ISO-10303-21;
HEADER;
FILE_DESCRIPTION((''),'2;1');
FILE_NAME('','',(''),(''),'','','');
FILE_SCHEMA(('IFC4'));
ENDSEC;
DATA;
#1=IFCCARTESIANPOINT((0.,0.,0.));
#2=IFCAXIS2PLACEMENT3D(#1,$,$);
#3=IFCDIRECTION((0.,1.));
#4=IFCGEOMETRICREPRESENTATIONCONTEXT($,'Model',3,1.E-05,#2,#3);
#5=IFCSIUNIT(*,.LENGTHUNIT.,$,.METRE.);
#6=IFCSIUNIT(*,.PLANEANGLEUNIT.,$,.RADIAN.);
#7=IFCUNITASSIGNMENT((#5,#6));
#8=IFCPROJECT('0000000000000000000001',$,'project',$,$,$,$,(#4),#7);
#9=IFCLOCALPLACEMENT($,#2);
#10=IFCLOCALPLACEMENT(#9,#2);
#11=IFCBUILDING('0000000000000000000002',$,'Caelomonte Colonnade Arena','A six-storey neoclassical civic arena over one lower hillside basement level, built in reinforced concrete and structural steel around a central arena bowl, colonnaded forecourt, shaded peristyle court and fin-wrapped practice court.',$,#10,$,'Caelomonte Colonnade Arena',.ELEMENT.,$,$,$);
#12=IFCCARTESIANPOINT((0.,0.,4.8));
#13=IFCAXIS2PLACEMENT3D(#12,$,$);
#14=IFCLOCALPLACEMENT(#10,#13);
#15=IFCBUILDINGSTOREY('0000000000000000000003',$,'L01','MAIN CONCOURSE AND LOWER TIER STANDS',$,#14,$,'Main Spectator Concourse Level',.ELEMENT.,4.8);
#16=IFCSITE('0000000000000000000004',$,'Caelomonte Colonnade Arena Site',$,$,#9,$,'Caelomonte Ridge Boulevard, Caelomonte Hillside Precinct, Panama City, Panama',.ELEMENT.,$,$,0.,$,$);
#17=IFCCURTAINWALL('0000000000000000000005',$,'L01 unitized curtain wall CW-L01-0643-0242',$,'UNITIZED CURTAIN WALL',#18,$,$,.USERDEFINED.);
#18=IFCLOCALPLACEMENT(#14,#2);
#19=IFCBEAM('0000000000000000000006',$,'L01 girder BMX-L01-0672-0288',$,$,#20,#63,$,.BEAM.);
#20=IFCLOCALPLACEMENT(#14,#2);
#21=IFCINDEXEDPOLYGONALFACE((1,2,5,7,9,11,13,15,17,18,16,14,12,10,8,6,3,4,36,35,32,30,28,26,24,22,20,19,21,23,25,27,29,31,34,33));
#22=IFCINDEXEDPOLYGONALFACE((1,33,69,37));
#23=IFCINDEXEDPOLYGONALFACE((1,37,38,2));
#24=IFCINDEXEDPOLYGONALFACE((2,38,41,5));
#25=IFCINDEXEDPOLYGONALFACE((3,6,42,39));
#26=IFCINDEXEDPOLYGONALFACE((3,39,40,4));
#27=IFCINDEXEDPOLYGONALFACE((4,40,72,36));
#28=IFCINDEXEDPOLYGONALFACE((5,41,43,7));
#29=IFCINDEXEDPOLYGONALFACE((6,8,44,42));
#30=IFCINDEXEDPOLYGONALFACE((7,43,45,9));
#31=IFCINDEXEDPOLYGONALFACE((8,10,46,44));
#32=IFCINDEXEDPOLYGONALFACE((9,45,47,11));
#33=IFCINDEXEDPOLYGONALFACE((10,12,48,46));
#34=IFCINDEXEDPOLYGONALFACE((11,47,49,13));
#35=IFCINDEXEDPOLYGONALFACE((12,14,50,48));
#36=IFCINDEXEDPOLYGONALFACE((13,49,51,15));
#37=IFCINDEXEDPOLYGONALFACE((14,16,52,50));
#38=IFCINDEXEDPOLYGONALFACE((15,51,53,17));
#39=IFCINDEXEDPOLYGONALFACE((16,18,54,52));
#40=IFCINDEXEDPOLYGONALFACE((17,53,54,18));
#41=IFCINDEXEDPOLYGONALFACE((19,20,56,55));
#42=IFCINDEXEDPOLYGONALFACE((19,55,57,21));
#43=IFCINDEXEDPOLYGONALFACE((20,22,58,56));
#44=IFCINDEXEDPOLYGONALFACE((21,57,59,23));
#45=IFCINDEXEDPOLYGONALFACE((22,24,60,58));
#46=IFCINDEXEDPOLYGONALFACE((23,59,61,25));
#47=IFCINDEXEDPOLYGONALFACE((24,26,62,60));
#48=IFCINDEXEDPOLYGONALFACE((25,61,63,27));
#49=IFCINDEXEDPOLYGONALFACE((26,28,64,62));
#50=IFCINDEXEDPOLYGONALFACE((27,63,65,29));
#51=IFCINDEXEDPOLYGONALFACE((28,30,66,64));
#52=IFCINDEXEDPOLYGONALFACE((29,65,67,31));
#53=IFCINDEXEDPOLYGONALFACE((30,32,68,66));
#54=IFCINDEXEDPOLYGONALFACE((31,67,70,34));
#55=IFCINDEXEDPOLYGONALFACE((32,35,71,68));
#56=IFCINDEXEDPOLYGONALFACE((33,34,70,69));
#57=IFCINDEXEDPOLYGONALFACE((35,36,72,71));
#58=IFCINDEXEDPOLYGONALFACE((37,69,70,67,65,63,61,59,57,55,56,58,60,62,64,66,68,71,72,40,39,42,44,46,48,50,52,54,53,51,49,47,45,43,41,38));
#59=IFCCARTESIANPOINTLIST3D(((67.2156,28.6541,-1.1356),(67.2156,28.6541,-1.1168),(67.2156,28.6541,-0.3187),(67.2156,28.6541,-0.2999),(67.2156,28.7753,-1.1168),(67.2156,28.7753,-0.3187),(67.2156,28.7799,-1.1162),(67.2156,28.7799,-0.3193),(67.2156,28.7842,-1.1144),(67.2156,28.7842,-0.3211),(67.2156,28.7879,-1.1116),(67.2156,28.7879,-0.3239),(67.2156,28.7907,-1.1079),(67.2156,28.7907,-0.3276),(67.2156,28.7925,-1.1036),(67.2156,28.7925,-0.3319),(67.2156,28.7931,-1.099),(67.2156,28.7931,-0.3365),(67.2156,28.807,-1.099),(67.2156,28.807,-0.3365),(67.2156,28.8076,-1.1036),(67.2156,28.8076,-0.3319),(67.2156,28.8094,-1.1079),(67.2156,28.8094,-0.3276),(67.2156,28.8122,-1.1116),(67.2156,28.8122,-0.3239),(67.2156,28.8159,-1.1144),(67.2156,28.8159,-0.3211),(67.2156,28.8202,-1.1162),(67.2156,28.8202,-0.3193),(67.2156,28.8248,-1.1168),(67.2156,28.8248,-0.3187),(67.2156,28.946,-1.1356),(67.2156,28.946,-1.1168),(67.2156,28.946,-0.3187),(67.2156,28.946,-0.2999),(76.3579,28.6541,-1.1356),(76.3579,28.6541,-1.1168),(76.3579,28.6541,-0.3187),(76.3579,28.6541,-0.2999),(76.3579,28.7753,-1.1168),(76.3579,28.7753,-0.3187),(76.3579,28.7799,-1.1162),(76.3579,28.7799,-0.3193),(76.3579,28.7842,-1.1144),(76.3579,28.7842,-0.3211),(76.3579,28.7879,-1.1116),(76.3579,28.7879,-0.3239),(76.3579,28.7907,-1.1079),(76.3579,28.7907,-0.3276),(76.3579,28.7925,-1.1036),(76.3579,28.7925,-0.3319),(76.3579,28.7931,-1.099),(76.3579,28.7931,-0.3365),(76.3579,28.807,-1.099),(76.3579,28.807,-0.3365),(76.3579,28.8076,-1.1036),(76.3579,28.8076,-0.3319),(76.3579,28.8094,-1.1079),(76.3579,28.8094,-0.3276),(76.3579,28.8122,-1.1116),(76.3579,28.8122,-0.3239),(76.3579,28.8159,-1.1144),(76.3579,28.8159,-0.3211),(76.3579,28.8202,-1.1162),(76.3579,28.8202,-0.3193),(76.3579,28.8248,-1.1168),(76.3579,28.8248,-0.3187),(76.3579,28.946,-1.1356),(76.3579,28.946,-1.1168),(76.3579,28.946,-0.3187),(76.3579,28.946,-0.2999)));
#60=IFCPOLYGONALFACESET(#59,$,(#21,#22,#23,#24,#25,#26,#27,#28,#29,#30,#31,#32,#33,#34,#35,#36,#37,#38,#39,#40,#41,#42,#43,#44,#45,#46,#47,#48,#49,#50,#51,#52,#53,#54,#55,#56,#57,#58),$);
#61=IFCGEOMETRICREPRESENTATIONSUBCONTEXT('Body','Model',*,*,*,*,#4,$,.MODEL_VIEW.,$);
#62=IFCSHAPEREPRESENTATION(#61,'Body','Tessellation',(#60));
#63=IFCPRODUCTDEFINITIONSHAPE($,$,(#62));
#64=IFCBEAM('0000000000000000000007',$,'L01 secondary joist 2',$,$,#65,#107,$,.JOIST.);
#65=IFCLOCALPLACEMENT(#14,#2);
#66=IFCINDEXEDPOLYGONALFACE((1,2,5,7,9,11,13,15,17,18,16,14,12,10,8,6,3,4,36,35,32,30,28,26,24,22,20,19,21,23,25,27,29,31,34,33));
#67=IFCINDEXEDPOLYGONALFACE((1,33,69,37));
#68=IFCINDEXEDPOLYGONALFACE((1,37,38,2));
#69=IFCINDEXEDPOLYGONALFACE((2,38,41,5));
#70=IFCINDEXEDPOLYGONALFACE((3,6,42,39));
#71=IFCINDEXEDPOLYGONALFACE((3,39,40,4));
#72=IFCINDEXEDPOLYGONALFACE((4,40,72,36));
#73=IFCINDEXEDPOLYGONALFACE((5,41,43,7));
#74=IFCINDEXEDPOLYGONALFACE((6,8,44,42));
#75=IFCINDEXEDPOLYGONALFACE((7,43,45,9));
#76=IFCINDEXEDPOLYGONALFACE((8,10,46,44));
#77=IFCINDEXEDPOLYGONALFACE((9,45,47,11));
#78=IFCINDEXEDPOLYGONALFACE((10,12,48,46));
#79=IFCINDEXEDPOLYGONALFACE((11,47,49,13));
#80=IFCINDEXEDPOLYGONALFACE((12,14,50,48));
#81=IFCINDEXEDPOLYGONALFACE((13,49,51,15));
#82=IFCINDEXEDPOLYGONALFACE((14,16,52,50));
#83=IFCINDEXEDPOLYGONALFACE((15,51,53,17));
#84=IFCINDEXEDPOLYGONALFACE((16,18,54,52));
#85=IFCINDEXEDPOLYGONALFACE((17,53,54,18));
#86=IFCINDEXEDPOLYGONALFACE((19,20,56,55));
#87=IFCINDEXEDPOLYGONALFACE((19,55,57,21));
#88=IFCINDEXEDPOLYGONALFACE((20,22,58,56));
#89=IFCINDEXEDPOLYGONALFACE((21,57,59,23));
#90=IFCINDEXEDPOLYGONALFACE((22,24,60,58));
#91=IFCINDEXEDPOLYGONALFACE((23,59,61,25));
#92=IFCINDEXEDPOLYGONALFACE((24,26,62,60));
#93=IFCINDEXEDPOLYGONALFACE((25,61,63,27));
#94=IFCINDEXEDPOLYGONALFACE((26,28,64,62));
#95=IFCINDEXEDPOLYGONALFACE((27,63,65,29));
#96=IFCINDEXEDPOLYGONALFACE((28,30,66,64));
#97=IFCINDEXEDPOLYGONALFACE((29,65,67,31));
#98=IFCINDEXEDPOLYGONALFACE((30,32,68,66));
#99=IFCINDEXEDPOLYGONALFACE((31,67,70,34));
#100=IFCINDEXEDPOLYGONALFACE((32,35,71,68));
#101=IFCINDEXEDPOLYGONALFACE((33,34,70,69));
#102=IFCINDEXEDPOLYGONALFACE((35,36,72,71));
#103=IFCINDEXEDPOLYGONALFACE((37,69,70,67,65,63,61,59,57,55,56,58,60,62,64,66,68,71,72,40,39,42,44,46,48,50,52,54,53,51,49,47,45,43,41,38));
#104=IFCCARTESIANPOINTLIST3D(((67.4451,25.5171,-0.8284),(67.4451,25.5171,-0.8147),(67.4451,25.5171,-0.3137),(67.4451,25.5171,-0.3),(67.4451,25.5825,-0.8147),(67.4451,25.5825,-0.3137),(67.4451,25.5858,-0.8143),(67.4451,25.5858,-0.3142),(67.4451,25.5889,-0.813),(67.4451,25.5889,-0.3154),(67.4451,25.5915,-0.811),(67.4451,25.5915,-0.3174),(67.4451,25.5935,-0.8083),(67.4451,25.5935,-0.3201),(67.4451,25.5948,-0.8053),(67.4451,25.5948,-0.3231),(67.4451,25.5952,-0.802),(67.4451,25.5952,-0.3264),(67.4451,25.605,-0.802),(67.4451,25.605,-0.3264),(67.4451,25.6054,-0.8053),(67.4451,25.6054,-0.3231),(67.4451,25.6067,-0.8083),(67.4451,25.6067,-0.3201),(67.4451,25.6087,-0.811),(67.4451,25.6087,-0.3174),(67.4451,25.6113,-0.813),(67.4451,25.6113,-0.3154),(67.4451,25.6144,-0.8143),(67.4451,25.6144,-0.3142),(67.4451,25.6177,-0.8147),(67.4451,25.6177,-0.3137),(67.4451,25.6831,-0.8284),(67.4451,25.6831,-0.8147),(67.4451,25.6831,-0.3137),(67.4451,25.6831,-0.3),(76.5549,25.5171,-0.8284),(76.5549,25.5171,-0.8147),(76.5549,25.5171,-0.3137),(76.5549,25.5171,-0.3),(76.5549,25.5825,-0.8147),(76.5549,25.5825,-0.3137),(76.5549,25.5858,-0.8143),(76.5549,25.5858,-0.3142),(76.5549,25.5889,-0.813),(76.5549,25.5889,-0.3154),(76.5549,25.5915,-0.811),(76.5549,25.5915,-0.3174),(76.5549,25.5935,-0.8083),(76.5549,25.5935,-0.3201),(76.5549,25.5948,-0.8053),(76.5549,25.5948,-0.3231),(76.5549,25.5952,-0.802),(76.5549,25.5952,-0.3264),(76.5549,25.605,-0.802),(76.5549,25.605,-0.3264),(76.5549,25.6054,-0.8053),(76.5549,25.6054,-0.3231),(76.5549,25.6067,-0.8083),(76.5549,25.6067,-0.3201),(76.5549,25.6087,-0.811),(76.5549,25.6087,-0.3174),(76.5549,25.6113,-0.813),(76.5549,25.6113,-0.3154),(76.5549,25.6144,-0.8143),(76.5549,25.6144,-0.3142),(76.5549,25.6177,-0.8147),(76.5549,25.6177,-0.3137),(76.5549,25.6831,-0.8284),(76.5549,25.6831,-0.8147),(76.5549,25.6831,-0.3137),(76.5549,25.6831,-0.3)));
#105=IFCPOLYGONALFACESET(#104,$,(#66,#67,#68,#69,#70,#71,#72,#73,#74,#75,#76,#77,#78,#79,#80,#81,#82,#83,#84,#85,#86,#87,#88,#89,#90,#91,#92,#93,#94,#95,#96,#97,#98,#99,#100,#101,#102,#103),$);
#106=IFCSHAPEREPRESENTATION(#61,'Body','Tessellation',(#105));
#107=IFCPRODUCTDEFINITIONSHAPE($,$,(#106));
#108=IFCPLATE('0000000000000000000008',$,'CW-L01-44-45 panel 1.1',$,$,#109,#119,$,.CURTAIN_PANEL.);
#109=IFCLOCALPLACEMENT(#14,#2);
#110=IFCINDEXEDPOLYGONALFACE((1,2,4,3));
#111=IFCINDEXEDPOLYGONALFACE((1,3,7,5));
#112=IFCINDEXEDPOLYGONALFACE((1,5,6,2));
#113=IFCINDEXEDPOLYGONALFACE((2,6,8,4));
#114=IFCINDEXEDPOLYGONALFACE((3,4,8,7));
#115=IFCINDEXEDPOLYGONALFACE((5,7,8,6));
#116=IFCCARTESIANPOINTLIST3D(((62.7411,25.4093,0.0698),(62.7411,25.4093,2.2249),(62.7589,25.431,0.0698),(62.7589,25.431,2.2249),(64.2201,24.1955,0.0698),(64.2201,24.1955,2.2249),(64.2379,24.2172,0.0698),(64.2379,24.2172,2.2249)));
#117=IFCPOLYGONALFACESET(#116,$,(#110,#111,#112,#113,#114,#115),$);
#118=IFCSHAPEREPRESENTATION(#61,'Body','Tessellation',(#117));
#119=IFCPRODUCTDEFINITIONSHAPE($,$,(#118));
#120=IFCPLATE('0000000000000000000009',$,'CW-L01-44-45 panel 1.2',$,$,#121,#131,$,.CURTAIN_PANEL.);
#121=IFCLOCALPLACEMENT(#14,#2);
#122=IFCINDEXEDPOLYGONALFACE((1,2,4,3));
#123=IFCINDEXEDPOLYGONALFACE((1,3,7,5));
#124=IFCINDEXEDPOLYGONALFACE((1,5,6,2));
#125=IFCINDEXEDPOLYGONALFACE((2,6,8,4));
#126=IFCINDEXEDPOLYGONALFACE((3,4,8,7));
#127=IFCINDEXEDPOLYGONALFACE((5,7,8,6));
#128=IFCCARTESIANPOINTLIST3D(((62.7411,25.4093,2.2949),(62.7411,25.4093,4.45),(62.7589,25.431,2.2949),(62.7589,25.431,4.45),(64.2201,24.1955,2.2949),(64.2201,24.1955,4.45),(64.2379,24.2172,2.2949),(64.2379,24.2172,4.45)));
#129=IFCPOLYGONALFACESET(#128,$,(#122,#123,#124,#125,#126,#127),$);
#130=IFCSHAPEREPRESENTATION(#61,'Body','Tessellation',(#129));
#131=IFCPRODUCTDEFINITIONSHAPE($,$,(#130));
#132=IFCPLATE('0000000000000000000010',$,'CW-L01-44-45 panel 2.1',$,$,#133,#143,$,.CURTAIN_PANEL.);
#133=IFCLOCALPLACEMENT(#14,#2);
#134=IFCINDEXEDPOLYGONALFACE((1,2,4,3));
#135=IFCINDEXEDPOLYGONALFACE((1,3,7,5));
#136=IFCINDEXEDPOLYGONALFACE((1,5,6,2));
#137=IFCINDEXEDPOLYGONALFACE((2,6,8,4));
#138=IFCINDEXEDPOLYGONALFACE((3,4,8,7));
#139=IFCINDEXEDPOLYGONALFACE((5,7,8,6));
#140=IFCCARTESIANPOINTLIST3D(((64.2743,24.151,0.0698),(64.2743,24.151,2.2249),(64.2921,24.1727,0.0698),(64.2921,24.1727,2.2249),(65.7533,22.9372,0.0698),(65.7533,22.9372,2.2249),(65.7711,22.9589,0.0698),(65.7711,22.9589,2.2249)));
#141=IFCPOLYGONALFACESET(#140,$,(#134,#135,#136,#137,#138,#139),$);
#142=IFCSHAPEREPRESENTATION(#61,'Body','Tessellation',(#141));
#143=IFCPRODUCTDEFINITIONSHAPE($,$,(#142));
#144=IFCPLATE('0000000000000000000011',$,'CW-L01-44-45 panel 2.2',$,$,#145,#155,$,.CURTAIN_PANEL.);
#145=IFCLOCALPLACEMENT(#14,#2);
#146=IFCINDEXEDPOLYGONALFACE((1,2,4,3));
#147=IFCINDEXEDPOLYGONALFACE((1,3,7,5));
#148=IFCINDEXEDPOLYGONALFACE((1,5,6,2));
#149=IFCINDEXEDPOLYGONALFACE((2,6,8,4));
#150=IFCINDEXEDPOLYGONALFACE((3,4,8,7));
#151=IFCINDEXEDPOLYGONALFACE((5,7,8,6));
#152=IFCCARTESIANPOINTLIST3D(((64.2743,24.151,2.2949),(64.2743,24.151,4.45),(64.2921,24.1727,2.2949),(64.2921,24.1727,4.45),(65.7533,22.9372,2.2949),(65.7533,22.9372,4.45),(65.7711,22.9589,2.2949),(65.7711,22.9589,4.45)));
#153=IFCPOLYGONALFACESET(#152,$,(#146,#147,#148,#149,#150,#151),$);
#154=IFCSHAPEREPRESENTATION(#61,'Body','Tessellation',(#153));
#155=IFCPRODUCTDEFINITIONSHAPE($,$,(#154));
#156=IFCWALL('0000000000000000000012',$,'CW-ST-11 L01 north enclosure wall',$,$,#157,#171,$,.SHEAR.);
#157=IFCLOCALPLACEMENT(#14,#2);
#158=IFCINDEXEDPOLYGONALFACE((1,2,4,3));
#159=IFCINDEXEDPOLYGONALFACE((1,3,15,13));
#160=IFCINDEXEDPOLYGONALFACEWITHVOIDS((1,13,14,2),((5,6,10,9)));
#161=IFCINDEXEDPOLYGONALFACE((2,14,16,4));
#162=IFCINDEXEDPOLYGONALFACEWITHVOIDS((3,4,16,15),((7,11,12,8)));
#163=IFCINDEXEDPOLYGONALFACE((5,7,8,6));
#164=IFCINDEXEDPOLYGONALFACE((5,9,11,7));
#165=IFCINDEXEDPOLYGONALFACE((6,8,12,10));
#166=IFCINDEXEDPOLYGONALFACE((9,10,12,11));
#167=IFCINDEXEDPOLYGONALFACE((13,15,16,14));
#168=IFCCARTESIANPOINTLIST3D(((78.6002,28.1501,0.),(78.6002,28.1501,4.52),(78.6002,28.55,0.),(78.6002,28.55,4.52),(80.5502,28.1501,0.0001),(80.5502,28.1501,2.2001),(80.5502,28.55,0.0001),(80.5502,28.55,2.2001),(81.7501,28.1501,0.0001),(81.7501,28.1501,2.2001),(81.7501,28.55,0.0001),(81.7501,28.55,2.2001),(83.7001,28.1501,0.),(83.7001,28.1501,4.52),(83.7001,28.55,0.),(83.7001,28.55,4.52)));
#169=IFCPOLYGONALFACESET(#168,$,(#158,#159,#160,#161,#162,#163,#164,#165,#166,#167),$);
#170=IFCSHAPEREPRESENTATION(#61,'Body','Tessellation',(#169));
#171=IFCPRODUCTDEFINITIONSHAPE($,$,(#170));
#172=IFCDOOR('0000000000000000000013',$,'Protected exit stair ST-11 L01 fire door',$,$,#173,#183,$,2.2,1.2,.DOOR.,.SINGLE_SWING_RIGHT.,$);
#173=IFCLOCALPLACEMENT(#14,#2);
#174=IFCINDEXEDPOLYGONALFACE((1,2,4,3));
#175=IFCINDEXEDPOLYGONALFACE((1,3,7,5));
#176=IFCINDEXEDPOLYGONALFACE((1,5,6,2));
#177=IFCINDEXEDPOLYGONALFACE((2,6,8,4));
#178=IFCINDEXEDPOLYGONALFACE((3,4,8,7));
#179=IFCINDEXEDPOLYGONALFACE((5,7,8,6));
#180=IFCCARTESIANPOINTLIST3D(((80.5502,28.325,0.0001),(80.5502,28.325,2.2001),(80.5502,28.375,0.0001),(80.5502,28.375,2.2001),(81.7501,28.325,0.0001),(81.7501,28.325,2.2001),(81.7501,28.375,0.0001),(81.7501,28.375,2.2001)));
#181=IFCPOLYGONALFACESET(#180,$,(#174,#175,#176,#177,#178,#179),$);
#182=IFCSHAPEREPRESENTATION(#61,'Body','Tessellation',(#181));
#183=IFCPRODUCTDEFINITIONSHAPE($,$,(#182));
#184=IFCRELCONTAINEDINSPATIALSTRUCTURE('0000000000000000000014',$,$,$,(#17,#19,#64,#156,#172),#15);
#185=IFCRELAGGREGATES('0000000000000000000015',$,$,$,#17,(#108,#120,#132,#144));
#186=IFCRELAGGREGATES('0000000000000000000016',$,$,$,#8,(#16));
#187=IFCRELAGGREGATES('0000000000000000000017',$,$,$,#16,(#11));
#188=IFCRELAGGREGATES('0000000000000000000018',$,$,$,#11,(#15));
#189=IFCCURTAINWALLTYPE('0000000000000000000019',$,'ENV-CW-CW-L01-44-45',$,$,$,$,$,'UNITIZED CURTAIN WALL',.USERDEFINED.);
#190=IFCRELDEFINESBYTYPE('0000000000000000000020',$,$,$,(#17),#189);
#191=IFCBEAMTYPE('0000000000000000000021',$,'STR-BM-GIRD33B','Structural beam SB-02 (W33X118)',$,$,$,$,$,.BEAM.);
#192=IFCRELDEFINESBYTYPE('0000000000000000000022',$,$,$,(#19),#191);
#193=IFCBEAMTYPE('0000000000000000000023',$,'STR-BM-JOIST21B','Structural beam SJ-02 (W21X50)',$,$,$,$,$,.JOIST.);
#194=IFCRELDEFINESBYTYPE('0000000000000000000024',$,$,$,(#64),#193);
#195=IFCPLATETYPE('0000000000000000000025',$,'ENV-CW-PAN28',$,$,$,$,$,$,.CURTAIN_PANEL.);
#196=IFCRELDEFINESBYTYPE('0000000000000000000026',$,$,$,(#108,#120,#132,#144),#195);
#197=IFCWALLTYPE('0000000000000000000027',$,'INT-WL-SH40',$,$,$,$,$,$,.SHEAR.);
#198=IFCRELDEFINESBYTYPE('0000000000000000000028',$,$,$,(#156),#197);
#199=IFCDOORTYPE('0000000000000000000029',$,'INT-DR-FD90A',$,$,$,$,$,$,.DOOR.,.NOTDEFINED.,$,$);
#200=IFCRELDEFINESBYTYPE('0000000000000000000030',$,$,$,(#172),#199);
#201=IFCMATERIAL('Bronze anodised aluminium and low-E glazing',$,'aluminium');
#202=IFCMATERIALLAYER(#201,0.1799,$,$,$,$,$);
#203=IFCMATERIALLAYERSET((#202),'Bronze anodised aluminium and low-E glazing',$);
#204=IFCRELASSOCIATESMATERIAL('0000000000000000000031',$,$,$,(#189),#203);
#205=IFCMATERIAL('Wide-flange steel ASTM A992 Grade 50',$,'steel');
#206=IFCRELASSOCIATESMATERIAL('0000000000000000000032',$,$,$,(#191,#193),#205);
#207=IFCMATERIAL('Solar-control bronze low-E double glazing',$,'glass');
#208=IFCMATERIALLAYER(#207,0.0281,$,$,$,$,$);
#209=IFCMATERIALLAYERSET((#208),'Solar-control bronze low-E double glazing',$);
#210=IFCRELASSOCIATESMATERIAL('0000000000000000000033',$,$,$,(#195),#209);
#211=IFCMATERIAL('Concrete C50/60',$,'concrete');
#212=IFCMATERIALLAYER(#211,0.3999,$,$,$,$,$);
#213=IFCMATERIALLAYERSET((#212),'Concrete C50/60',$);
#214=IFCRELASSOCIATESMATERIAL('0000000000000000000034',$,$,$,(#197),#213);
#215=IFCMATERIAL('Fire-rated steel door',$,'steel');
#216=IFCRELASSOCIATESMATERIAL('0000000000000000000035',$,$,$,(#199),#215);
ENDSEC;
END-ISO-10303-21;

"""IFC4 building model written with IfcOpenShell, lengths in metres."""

from ifc_helpers import new_model, si_unit, direction, frame, frame_2d, origin, origin_2d, place, context, subcontext, project, spatial, rectangle, i_section, extrude, material, layer, layer_set, material_profile, profile_set, type_object, element, fill, aggregate, save


model = new_model("IFC4")

# Units and contexts
model_context = context("Model", 3, precision=1e-05, world=origin(), true_north=direction((0.0, 1.0)))
body_context = subcontext(model_context, "Body", "Model", "MODEL_VIEW")
ifc_project = project(units=[si_unit("LENGTHUNIT", "METRE"), si_unit("PLANEANGLEUNIT", "RADIAN")], contexts=[model_context])

# Site, building, storey
site_placement = place(None, origin())
site = spatial("IfcSite", under=ifc_project, at=site_placement, Name="Caelomonte Colonnade Arena Site", LongName="Caelomonte Ridge Boulevard, Caelomonte Hillside Precinct, Panama City, Panama", CompositionType="ELEMENT", RefElevation=0.0)
building_placement = place(site_placement, origin())
building = spatial("IfcBuilding", under=site, at=building_placement, Name="Caelomonte Colonnade Arena", Description="A six-storey neoclassical civic arena over one lower hillside basement level, built in reinforced concrete and structural steel around a central arena bowl, colonnaded forecourt, shaded peristyle court and fin-wrapped practice court.", LongName="Caelomonte Colonnade Arena", CompositionType="ELEMENT")
storey_placement = place(building_placement, frame((0.0, 0.0, 4.8)))
storey = spatial("IfcBuildingStorey", under=building, at=storey_placement, Name="L01", Description="MAIN CONCOURSE AND LOWER TIER STANDS", LongName="Main Spectator Concourse Level", CompositionType="ELEMENT", Elevation=4.8)

# Shared definitions
ifc_material_1 = material(Name="Concrete C50/60", Category="concrete")
ifc_material_2 = material(Name="Wide-flange steel ASTM A992 Grade 50", Category="steel")

# Curtain wall
ifc_material_3 = material(Name="Bronze anodised aluminium and low-E glazing", Category="aluminium")
ifc_layer_1 = layer(ifc_material_3, 0.1799)
ifc_layer_set_1 = layer_set([ifc_layer_1], Name="Bronze anodised aluminium and low-E glazing")
curtain_wall_type = type_object("IfcCurtainWallType", Name="ENV-CW-CW-L01-44-45", ElementType="UNITIZED CURTAIN WALL", PredefinedType="USERDEFINED", material=ifc_layer_set_1)
curtain_wall_placement = place(storey_placement, origin())
curtain_wall = element("IfcCurtainWall", 1, at=curtain_wall_placement, inside=storey, type_object=curtain_wall_type, Name="L01 unitized curtain wall CW-L01-0643-0242", ObjectType="UNITIZED CURTAIN WALL", PredefinedType="USERDEFINED")

# Beams
ifc_material_profile_1 = material_profile(ifc_material_2, i_section(OverallWidth=0.292, OverallDepth=0.8357, WebThickness=0.0139, FlangeThickness=0.0188, FilletRadius=0.0178, at=origin_2d()), Name="W33X118")
ifc_profile_set_1 = profile_set([ifc_material_profile_1], Name="Wide-flange steel ASTM A992 Grade 50")
beam_type_1 = type_object("IfcBeamType", Name="STR-BM-GIRD33B", Description="Structural beam SB-02 (W33X118)", PredefinedType="BEAM", material=ifc_profile_set_1)
beam_1_placement = place(storey_placement, frame((67.2156, 28.8, -0.7178), z_axis=(1.0, 0.0, 0.0), x_axis=(0.0, 1.0, 0.0)))
element("IfcBeam", 2, at=beam_1_placement, inside=storey, type_object=beam_type_1, Name="L01 girder BMX-L01-0672-0288", PredefinedType="BEAM", context=body_context, shape_type="SweptSolid", body=[
    extrude(i_section(OverallWidth=0.292, OverallDepth=0.8357, WebThickness=0.0139, FlangeThickness=0.0188, FilletRadius=0.0178, at=origin_2d()), origin(), (0.0, 0.0, 1.0), 9.1423),
])
ifc_material_profile_2 = material_profile(ifc_material_2, i_section(OverallWidth=0.166, OverallDepth=0.5283, WebThickness=0.0098, FlangeThickness=0.0137, FilletRadius=0.0127, at=origin_2d()), Name="W21X50")
ifc_profile_set_2 = profile_set([ifc_material_profile_2], Name="Wide-flange steel ASTM A992 Grade 50")
beam_type_2 = type_object("IfcBeamType", Name="STR-BM-JOIST21B", Description="Structural beam SJ-02 (W21X50)", PredefinedType="JOIST", material=ifc_profile_set_2)
beam_2_placement = place(storey_placement, frame((67.4451, 25.6001, -0.5642), z_axis=(1.0, 0.0, 0.0), x_axis=(0.0, 1.0, 0.0)))
element("IfcBeam", 3, at=beam_2_placement, inside=storey, type_object=beam_type_2, Name="L01 secondary joist 2", PredefinedType="JOIST", context=body_context, shape_type="SweptSolid", body=[
    extrude(i_section(OverallWidth=0.166, OverallDepth=0.5283, WebThickness=0.0098, FlangeThickness=0.0137, FilletRadius=0.0127, at=origin_2d()), origin(), (0.0, 0.0, 1.0), 9.1099),
])

# Plates
ifc_material_4 = material(Name="Solar-control bronze low-E double glazing", Category="glass")
ifc_layer_2 = layer(ifc_material_4, 0.0281)
ifc_layer_set_2 = layer_set([ifc_layer_2], Name="Solar-control bronze low-E double glazing")
plate_type = type_object("IfcPlateType", Name="ENV-CW-PAN28", PredefinedType="CURTAIN_PANEL", material=ifc_layer_set_2)
plate_1_placement = place(storey_placement, frame((63.4895, 24.8132, 0.0698), z_axis=(0.0, 0.0, 1.0), x_axis=(0.772992, -0.634416, 0.0)))
plate_1 = element("IfcPlate", 4, at=plate_1_placement, type_object=plate_type, Name="CW-L01-44-45 panel 1.1", PredefinedType="CURTAIN_PANEL", context=body_context, shape_type="SweptSolid", body=[
    extrude(rectangle(XDim=1.9133, YDim=0.0281, at=origin_2d()), origin(), (0.0, 0.0, 1.0), 2.155),
])
plate_2_placement = place(storey_placement, frame((63.4895, 24.8132, 2.2949), z_axis=(0.0, 0.0, 1.0), x_axis=(0.772992, -0.634416, 0.0)))
plate_2 = element("IfcPlate", 5, at=plate_2_placement, type_object=plate_type, Name="CW-L01-44-45 panel 1.2", PredefinedType="CURTAIN_PANEL", context=body_context, shape_type="SweptSolid", body=[
    extrude(rectangle(XDim=1.9133, YDim=0.0281, at=origin_2d()), origin(), (0.0, 0.0, 1.0), 2.155),
])
plate_3_placement = place(storey_placement, frame((65.0227, 23.5549, 0.0698), z_axis=(0.0, 0.0, 1.0), x_axis=(0.772992, -0.634416, 0.0)))
plate_3 = element("IfcPlate", 6, at=plate_3_placement, type_object=plate_type, Name="CW-L01-44-45 panel 2.1", PredefinedType="CURTAIN_PANEL", context=body_context, shape_type="SweptSolid", body=[
    extrude(rectangle(XDim=1.9133, YDim=0.0281, at=origin_2d()), origin(), (0.0, 0.0, 1.0), 2.155),
])
plate_4_placement = place(storey_placement, frame((65.0227, 23.5549, 2.2949), z_axis=(0.0, 0.0, 1.0), x_axis=(0.772992, -0.634416, 0.0)))
plate_4 = element("IfcPlate", 7, at=plate_4_placement, type_object=plate_type, Name="CW-L01-44-45 panel 2.2", PredefinedType="CURTAIN_PANEL", context=body_context, shape_type="SweptSolid", body=[
    extrude(rectangle(XDim=1.9133, YDim=0.0281, at=origin_2d()), origin(), (0.0, 0.0, 1.0), 2.155),
])
aggregate(curtain_wall, [plate_1, plate_2, plate_3, plate_4])

# Wall, opening, door
ifc_layer_3 = layer(ifc_material_1, 0.3999)
ifc_layer_set_3 = layer_set([ifc_layer_3], Name="Concrete C50/60")
wall_type = type_object("IfcWallType", Name="INT-WL-SH40", PredefinedType="SHEAR", material=ifc_layer_set_3)
wall_1_placement = place(storey_placement, frame((83.7, 28.3501, 0.0), z_axis=(0.0, 0.0, 1.0), x_axis=(-1.0, 0.0, 0.0)))
wall_1 = element("IfcWall", 8, at=wall_1_placement, inside=storey, type_object=wall_type, Name="CW-ST-11 L01 north enclosure wall", PredefinedType="SHEAR", context=body_context, shape_type="SweptSolid", body=[
    extrude(rectangle(XDim=5.0999, YDim=0.3999, at=frame_2d((2.5498, 0.0))), origin(), (0.0, 0.0, 1.0), 4.52),
])
opening_placement = place(wall_1_placement, frame((3.1499, 0.0, 0.0), z_axis=(0.0, 0.0, 1.0), x_axis=(-1.0, 0.0, 0.0)))
opening = element("IfcOpeningElement", 9, at=opening_placement, cuts=wall_1, PredefinedType="OPENING", context=body_context, shape_type="SweptSolid", body=[
    extrude(rectangle(XDim=1.2, YDim=2.2, at=frame_2d((0.6001, 1.1001))), frame((0.0, 0.21, 0.0), z_axis=(0.0, -1.0, 0.0), x_axis=(1.0, 0.0, 0.0)), (0.0, 0.0, 1.0), 0.4199),
])
ifc_material_5 = material(Name="Fire-rated steel door", Category="steel")
door_type = type_object("IfcDoorType", Name="INT-DR-FD90A", OperationType="NOTDEFINED", PredefinedType="DOOR", material=ifc_material_5)
door_placement = place(opening_placement, origin())
door = element("IfcDoor", 10, at=door_placement, inside=storey, type_object=door_type, Name="Protected exit stair ST-11 L01 fire door", OperationType="SINGLE_SWING_RIGHT", OverallHeight=2.2, OverallWidth=1.2, PredefinedType="DOOR", context=body_context, shape_type="SweptSolid", body=[
    extrude(rectangle(XDim=1.2, YDim=2.2, at=frame_2d((0.6001, 1.1001))), frame((0.0, 0.0249, 0.0), z_axis=(0.0, -1.0, 0.0), x_axis=(1.0, 0.0, 0.0)), (0.0, 0.0, 1.0), 0.05),
])
fill(opening, door)

save(model, "model.ifc")
